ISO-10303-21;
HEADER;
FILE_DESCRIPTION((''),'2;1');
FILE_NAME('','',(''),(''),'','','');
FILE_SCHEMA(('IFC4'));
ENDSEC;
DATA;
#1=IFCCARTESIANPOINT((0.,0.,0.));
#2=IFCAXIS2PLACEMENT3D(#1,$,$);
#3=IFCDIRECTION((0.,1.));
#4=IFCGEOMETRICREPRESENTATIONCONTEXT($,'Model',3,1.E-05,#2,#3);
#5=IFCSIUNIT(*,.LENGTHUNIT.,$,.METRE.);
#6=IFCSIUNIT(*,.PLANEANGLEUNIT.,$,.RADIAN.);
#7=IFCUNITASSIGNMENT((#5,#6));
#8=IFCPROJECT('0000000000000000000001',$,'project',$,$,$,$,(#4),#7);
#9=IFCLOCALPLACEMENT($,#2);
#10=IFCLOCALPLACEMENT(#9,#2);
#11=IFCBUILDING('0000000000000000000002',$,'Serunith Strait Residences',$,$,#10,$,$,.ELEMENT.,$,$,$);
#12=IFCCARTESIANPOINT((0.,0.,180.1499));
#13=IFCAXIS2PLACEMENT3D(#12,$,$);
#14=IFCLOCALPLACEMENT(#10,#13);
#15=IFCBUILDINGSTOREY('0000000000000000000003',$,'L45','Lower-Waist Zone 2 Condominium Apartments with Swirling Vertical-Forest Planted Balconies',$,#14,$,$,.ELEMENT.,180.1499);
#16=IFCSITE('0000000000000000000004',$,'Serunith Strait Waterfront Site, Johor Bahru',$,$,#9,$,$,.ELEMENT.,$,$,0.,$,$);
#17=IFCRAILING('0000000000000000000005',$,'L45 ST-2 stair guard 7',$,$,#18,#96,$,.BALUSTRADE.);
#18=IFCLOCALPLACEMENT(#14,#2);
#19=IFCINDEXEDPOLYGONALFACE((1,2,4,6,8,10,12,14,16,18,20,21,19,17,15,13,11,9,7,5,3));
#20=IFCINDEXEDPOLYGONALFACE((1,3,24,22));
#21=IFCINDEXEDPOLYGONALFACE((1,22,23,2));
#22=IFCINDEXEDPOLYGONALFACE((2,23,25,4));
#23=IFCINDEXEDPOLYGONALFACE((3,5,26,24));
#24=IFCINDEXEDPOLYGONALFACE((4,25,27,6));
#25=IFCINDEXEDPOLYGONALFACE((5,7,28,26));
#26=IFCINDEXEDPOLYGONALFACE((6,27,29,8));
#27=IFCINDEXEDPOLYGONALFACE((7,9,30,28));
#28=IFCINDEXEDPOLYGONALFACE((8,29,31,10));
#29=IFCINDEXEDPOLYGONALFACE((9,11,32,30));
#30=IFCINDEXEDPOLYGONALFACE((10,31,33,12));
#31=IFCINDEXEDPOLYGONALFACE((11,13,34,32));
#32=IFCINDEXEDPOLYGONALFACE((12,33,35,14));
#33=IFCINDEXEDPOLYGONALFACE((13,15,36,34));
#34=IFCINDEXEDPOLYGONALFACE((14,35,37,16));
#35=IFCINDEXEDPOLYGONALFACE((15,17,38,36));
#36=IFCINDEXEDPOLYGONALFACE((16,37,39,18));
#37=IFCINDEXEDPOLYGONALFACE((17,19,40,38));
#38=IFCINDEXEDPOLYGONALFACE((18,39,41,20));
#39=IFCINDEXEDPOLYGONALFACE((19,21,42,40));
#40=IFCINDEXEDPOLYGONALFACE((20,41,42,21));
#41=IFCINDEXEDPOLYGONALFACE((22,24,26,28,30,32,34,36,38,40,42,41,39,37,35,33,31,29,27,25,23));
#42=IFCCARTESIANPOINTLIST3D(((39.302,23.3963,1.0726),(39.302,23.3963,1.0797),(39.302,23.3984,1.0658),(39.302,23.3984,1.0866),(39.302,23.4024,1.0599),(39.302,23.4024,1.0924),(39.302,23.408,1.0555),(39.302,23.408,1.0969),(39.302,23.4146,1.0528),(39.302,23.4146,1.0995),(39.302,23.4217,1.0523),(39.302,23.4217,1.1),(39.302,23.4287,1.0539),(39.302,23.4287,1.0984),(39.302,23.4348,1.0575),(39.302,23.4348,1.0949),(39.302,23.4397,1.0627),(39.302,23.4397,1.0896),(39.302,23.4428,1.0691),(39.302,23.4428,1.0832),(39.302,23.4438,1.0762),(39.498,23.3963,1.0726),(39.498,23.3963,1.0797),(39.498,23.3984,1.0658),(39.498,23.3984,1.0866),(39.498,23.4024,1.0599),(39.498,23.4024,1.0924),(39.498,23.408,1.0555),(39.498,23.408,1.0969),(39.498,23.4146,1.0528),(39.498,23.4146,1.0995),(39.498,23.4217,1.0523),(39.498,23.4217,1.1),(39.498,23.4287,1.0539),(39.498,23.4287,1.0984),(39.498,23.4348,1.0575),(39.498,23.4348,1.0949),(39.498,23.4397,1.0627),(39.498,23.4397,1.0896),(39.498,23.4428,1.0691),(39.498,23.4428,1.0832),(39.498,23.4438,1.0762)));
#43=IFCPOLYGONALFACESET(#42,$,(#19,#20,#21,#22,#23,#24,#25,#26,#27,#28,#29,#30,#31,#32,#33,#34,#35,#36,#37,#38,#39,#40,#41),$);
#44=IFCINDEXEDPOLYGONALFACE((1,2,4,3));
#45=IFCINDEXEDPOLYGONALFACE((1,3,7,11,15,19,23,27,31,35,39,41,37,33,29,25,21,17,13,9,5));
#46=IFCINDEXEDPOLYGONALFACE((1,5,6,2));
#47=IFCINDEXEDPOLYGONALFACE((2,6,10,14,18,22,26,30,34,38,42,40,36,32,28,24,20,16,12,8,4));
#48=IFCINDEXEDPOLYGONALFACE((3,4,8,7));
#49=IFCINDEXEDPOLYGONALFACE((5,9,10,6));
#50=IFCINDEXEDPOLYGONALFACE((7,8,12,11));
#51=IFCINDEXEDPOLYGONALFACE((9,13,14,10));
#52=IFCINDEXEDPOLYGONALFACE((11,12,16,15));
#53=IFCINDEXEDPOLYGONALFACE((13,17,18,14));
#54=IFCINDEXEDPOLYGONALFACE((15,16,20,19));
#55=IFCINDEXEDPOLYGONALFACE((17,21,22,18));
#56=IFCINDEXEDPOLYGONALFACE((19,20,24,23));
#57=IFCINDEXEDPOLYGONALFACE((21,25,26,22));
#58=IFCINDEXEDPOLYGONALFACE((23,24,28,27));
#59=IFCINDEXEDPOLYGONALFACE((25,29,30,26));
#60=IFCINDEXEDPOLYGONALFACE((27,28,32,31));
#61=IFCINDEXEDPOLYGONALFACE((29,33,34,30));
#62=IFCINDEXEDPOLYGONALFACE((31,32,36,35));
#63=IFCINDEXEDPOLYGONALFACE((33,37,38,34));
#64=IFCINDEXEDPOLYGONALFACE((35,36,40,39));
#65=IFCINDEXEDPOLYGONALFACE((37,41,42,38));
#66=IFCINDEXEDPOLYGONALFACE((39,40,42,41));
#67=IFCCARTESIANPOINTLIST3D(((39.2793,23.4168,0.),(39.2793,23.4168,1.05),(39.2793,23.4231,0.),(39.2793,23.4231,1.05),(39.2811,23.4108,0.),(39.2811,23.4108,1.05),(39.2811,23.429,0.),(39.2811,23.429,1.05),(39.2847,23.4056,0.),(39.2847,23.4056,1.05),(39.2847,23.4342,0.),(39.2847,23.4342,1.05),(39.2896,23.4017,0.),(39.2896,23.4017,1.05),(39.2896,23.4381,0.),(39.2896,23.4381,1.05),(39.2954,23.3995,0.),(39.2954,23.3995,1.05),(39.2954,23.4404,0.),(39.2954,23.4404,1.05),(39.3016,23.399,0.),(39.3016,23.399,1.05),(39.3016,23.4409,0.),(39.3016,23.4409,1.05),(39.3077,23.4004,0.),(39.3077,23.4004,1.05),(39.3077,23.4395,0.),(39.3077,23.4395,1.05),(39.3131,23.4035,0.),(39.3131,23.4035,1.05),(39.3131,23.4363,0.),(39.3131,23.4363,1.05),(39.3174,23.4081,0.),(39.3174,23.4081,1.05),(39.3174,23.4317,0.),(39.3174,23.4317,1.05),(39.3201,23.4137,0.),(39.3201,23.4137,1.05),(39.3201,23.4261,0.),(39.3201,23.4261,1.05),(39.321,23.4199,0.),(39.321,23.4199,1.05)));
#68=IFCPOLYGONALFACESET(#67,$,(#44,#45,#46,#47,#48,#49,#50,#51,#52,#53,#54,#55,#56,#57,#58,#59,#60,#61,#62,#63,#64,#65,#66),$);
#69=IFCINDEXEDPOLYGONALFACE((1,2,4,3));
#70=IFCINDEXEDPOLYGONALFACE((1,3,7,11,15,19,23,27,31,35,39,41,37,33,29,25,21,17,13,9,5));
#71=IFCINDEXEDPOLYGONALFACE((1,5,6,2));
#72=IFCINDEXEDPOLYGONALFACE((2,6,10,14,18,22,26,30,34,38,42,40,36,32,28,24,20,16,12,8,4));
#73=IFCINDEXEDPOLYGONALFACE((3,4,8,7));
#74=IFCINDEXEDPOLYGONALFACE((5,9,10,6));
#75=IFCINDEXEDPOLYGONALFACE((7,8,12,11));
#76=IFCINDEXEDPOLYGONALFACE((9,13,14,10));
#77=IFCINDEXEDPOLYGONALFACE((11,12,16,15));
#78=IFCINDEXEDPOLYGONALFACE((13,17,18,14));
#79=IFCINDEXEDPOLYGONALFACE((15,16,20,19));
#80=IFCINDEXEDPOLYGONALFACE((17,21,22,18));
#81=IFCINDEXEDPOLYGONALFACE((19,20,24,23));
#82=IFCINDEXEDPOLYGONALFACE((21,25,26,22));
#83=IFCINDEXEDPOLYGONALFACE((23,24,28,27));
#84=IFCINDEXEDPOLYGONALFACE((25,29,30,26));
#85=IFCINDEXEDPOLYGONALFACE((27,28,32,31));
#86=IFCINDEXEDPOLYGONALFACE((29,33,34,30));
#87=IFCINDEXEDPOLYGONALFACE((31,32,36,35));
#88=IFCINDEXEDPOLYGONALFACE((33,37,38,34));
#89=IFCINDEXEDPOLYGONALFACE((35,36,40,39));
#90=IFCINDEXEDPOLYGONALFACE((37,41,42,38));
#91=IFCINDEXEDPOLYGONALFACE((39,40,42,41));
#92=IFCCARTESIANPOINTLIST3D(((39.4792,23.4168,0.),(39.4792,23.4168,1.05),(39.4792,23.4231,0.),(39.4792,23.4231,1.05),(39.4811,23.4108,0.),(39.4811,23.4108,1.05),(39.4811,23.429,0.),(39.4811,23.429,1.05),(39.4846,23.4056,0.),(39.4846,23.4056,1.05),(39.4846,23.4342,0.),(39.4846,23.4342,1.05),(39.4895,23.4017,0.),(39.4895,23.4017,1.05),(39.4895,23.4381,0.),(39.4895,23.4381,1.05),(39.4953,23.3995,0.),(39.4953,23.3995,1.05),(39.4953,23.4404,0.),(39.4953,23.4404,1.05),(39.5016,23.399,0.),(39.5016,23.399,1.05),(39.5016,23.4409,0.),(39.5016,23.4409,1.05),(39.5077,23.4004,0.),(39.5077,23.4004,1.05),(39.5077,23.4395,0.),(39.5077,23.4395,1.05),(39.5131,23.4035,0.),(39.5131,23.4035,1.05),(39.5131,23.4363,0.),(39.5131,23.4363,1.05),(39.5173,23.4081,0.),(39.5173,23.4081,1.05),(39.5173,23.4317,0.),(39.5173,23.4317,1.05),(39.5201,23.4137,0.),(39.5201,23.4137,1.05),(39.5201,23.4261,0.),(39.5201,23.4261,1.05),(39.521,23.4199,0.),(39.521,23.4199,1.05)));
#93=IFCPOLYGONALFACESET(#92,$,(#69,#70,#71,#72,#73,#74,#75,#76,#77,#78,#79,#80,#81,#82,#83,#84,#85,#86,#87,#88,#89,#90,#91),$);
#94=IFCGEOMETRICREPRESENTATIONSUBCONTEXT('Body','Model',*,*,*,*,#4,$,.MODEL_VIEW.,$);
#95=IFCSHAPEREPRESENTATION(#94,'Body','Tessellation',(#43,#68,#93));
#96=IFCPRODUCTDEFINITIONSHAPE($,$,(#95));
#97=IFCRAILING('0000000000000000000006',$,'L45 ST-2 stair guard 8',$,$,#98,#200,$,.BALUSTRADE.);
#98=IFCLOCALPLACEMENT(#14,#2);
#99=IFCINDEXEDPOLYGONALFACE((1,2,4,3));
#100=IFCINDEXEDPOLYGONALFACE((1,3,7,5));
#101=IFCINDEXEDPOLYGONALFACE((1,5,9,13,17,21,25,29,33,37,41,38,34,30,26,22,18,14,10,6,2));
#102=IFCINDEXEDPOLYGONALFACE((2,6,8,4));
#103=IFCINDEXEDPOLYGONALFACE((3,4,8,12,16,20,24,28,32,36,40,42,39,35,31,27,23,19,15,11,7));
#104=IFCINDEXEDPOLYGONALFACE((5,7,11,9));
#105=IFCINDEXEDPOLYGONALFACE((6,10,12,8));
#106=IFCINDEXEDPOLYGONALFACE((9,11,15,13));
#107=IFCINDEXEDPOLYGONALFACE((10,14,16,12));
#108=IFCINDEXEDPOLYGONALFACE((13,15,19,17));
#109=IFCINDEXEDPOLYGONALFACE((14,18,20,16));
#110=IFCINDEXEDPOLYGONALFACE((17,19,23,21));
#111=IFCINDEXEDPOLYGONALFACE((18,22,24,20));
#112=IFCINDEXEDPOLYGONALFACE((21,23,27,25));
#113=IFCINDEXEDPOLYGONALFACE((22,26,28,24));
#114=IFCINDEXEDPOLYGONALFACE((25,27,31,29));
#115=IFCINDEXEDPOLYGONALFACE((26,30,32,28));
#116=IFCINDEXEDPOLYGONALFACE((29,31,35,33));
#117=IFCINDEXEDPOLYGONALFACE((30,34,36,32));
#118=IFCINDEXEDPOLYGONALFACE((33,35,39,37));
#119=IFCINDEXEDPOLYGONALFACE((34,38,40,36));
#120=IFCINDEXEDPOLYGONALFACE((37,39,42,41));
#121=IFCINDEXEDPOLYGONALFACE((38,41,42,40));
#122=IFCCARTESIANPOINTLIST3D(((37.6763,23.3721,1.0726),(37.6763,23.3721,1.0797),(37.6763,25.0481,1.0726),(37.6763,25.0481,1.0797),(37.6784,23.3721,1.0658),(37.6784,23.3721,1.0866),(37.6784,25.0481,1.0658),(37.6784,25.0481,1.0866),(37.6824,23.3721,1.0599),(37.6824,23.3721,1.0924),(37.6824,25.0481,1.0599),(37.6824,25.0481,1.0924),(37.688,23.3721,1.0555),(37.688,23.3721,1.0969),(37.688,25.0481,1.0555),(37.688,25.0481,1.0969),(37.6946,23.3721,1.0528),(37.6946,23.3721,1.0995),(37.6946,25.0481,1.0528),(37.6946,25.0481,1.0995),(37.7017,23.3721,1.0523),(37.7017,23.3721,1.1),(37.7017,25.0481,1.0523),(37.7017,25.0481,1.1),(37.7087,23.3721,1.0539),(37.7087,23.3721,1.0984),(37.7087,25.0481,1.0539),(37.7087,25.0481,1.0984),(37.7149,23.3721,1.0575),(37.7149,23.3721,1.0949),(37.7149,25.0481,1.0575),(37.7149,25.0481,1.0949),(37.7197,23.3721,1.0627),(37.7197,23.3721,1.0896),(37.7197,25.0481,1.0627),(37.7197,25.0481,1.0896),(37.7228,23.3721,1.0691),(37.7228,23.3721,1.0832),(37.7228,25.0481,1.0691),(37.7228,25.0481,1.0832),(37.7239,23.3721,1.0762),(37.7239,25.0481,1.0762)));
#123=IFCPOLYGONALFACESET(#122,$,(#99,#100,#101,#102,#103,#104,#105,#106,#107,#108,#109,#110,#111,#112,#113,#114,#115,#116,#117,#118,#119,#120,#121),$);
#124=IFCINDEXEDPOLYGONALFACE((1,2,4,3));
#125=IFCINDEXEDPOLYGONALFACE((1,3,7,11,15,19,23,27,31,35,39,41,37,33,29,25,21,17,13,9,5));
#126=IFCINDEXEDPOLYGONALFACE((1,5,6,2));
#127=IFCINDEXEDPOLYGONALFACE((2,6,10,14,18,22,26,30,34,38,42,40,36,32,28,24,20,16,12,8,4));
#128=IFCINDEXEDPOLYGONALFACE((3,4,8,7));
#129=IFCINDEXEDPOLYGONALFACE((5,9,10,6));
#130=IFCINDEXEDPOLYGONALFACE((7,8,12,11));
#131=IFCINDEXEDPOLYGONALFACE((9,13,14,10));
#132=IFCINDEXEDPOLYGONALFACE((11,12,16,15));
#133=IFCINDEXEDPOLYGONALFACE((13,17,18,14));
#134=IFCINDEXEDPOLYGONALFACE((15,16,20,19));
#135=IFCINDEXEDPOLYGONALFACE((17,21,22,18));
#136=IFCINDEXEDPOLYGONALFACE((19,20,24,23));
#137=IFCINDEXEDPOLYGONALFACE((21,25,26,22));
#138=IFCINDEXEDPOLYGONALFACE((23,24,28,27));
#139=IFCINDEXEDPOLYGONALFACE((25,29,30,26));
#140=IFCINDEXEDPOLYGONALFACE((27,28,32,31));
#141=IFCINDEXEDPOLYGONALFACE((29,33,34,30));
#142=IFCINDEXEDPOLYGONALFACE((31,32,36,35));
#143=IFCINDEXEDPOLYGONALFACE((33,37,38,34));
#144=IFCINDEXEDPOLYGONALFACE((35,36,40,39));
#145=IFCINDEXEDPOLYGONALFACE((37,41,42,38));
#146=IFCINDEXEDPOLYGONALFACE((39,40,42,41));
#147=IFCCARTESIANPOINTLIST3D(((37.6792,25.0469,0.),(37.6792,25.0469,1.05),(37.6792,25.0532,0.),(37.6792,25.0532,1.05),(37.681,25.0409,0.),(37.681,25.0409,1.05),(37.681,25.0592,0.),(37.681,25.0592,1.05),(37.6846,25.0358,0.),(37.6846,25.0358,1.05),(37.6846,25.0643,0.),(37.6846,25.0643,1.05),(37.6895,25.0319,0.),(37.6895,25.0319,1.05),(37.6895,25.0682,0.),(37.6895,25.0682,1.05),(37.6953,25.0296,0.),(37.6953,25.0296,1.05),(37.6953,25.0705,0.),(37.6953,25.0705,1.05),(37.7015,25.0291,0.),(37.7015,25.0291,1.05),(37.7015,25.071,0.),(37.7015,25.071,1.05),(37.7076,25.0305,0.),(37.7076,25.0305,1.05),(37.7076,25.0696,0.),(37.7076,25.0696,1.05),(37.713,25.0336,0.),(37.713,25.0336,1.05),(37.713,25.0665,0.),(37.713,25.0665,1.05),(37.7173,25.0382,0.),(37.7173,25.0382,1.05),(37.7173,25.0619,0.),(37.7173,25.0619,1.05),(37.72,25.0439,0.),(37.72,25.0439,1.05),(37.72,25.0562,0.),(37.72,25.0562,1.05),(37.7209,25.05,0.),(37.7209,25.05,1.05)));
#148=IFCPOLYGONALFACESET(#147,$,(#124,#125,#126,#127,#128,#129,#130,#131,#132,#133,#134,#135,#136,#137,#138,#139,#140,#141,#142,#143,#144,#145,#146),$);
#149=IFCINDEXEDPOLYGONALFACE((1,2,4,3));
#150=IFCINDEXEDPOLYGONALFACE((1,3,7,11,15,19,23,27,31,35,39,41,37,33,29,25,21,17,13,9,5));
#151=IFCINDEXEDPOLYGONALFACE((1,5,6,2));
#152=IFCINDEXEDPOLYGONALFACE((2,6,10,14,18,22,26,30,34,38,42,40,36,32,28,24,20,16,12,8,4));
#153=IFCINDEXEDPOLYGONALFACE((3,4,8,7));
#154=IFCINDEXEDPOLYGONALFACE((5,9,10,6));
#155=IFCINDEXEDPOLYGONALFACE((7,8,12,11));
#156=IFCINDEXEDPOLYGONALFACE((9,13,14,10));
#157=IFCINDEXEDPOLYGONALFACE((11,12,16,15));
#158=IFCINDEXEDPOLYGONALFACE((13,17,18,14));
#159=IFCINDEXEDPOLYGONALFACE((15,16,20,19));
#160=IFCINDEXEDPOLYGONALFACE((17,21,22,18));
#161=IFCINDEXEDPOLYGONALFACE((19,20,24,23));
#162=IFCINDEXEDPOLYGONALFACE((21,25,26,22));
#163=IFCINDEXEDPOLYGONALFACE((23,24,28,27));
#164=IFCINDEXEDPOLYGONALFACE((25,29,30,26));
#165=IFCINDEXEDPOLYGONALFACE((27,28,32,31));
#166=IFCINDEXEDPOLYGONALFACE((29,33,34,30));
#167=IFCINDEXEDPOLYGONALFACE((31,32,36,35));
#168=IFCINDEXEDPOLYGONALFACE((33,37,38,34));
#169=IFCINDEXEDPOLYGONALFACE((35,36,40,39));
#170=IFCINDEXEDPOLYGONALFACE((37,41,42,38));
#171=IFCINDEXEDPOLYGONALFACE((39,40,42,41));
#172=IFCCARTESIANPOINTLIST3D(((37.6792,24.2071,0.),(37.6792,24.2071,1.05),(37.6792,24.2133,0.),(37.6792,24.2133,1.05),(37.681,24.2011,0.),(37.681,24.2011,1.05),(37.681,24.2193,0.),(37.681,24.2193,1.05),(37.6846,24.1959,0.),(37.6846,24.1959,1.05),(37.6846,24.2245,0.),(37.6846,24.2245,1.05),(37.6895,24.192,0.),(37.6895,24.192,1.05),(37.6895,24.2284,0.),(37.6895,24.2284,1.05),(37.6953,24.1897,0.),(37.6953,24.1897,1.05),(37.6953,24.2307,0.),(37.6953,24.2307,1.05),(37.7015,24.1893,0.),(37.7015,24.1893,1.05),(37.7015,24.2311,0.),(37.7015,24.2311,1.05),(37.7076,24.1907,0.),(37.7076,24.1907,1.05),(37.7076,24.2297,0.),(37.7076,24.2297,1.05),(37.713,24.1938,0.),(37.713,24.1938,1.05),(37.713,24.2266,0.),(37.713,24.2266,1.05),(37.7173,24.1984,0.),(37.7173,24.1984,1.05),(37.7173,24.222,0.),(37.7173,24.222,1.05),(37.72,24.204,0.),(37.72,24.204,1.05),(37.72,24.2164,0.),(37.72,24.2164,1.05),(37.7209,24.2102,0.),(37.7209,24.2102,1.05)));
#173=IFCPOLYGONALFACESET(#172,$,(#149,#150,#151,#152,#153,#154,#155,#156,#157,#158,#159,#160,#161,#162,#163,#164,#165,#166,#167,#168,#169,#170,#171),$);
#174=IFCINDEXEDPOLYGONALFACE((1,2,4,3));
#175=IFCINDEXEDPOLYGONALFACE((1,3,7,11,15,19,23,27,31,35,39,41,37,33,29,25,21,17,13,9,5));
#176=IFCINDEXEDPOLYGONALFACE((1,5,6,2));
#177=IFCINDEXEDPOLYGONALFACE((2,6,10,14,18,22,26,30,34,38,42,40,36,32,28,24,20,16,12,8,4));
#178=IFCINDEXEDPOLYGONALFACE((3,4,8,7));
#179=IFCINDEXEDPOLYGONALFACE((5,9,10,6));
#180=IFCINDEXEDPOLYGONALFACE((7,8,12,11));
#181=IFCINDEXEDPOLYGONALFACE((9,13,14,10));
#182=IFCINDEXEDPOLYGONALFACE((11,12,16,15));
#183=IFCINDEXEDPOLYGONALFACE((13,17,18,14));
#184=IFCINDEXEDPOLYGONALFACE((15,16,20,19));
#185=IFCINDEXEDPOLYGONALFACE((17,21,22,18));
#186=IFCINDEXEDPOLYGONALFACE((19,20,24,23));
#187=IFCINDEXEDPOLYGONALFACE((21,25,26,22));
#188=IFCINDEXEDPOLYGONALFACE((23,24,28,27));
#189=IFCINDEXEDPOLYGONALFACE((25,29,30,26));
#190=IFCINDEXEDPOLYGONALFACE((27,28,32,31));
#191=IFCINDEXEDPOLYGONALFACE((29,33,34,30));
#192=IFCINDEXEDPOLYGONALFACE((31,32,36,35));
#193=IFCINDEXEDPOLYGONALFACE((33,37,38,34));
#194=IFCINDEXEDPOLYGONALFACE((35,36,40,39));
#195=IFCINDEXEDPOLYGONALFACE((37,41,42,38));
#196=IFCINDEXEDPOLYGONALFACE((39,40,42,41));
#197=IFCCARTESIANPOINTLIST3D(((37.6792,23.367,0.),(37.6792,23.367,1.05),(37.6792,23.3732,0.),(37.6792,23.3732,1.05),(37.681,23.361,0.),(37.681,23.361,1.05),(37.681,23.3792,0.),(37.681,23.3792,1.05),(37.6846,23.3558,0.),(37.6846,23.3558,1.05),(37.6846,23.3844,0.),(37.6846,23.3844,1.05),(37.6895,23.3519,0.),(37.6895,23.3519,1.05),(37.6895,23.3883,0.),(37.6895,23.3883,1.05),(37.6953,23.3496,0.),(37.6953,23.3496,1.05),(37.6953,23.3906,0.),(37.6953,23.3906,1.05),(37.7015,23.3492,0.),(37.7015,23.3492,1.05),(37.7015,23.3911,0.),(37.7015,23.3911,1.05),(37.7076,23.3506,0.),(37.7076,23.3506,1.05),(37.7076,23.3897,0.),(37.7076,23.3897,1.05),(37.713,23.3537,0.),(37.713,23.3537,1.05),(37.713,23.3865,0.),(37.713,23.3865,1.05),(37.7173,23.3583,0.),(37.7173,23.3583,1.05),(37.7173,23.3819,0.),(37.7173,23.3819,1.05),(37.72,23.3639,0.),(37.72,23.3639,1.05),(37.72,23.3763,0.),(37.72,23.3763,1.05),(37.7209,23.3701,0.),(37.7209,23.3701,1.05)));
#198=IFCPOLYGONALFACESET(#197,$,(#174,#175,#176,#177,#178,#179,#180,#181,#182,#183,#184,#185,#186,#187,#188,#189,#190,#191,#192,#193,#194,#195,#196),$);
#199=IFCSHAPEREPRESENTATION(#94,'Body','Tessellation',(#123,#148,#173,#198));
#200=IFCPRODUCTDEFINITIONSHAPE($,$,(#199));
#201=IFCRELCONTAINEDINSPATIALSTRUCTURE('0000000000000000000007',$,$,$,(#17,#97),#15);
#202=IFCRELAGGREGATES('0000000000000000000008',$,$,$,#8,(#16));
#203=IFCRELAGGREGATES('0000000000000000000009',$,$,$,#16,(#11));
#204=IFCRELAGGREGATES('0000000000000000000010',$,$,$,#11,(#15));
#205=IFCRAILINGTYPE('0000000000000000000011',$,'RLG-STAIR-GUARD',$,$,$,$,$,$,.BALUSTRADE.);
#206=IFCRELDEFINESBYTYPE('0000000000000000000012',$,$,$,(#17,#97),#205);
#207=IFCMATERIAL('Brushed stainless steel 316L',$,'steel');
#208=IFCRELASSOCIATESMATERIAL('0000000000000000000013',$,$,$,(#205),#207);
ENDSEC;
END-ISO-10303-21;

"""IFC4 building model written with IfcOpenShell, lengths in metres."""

from ifc_helpers import new_model, si_unit, direction, frame, origin, origin_2d, place, context, subcontext, project, spatial, circle, extrude, material, type_object, element, save


model = new_model("IFC4")

# Units and contexts
model_context = context("Model", 3, precision=1e-05, world=origin(), true_north=direction((0.0, 1.0)))
body_context = subcontext(model_context, "Body", "Model", "MODEL_VIEW")
ifc_project = project(units=[si_unit("LENGTHUNIT", "METRE"), si_unit("PLANEANGLEUNIT", "RADIAN")], contexts=[model_context])

# Site, building, storey
site_placement = place(None, origin())
site = spatial("IfcSite", under=ifc_project, at=site_placement, Name="Serunith Strait Waterfront Site, Johor Bahru", CompositionType="ELEMENT", RefElevation=0.0)
building_placement = place(site_placement, origin())
building = spatial("IfcBuilding", under=site, at=building_placement, Name="Serunith Strait Residences", CompositionType="ELEMENT")
storey_placement = place(building_placement, frame((0.0, 0.0, 180.1499)))
storey = spatial("IfcBuildingStorey", under=building, at=storey_placement, Name="L45", Description="Lower-Waist Zone 2 Condominium Apartments with Swirling Vertical-Forest Planted Balconies", CompositionType="ELEMENT", Elevation=180.1499)

# Railings
ifc_material_1 = material(Name="Brushed stainless steel 316L", Category="steel")
railing_type_1 = type_object("IfcRailingType", Name="RLG-STAIR-GUARD", PredefinedType="BALUSTRADE", material=ifc_material_1)
railing_1_placement = place(storey_placement, frame((39.3, 23.4199, 0.0)))
element("IfcRailing", 1, at=railing_1_placement, inside=storey, type_object=railing_type_1, Name="L45 ST-2 stair guard 7", PredefinedType="BALUSTRADE", context=body_context, shape_type="SweptSolid", body=[
    extrude(circle(Radius=0.0239, at=origin_2d()), frame((0.002, 0.0, 1.0762), z_axis=(1.0, 0.0, 0.0), x_axis=(0.0, 1.0, 0.0)), (0.0, 0.0, 1.0), 0.196),
    extrude(circle(Radius=0.021, at=origin_2d()), origin(), (0.0, 0.0, 1.0), 1.05),
    extrude(circle(Radius=0.021, at=origin_2d()), frame((0.2, 0.0, 0.0)), (0.0, 0.0, 1.0), 1.05),
])
for number, where, name in (
    (2, (37.7, 25.05, 0.0), "L45 ST-2 stair guard 8"),
):
    element("IfcRailing", number, at=place(storey_placement, frame(where)), inside=storey, type_object=railing_type_1, Name=name, PredefinedType="BALUSTRADE", context=body_context, shape_type="SweptSolid", body=[
        extrude(circle(Radius=0.0239, at=origin_2d()), frame((0.0, -0.002, 1.0762), z_axis=(0.0, -1.0, 0.0), x_axis=(1.0, 0.0, 0.0)), (0.0, 0.0, 1.0), 1.676),
        extrude(circle(Radius=0.021, at=origin_2d()), origin(), (0.0, 0.0, 1.0), 1.05),
        extrude(circle(Radius=0.021, at=origin_2d()), frame((0.0, -0.8398, 0.0)), (0.0, 0.0, 1.0), 1.05),
        extrude(circle(Radius=0.021, at=origin_2d()), frame((0.0, -1.6799, 0.0)), (0.0, 0.0, 1.0), 1.05),
    ])

save(model, "model.ifc")
